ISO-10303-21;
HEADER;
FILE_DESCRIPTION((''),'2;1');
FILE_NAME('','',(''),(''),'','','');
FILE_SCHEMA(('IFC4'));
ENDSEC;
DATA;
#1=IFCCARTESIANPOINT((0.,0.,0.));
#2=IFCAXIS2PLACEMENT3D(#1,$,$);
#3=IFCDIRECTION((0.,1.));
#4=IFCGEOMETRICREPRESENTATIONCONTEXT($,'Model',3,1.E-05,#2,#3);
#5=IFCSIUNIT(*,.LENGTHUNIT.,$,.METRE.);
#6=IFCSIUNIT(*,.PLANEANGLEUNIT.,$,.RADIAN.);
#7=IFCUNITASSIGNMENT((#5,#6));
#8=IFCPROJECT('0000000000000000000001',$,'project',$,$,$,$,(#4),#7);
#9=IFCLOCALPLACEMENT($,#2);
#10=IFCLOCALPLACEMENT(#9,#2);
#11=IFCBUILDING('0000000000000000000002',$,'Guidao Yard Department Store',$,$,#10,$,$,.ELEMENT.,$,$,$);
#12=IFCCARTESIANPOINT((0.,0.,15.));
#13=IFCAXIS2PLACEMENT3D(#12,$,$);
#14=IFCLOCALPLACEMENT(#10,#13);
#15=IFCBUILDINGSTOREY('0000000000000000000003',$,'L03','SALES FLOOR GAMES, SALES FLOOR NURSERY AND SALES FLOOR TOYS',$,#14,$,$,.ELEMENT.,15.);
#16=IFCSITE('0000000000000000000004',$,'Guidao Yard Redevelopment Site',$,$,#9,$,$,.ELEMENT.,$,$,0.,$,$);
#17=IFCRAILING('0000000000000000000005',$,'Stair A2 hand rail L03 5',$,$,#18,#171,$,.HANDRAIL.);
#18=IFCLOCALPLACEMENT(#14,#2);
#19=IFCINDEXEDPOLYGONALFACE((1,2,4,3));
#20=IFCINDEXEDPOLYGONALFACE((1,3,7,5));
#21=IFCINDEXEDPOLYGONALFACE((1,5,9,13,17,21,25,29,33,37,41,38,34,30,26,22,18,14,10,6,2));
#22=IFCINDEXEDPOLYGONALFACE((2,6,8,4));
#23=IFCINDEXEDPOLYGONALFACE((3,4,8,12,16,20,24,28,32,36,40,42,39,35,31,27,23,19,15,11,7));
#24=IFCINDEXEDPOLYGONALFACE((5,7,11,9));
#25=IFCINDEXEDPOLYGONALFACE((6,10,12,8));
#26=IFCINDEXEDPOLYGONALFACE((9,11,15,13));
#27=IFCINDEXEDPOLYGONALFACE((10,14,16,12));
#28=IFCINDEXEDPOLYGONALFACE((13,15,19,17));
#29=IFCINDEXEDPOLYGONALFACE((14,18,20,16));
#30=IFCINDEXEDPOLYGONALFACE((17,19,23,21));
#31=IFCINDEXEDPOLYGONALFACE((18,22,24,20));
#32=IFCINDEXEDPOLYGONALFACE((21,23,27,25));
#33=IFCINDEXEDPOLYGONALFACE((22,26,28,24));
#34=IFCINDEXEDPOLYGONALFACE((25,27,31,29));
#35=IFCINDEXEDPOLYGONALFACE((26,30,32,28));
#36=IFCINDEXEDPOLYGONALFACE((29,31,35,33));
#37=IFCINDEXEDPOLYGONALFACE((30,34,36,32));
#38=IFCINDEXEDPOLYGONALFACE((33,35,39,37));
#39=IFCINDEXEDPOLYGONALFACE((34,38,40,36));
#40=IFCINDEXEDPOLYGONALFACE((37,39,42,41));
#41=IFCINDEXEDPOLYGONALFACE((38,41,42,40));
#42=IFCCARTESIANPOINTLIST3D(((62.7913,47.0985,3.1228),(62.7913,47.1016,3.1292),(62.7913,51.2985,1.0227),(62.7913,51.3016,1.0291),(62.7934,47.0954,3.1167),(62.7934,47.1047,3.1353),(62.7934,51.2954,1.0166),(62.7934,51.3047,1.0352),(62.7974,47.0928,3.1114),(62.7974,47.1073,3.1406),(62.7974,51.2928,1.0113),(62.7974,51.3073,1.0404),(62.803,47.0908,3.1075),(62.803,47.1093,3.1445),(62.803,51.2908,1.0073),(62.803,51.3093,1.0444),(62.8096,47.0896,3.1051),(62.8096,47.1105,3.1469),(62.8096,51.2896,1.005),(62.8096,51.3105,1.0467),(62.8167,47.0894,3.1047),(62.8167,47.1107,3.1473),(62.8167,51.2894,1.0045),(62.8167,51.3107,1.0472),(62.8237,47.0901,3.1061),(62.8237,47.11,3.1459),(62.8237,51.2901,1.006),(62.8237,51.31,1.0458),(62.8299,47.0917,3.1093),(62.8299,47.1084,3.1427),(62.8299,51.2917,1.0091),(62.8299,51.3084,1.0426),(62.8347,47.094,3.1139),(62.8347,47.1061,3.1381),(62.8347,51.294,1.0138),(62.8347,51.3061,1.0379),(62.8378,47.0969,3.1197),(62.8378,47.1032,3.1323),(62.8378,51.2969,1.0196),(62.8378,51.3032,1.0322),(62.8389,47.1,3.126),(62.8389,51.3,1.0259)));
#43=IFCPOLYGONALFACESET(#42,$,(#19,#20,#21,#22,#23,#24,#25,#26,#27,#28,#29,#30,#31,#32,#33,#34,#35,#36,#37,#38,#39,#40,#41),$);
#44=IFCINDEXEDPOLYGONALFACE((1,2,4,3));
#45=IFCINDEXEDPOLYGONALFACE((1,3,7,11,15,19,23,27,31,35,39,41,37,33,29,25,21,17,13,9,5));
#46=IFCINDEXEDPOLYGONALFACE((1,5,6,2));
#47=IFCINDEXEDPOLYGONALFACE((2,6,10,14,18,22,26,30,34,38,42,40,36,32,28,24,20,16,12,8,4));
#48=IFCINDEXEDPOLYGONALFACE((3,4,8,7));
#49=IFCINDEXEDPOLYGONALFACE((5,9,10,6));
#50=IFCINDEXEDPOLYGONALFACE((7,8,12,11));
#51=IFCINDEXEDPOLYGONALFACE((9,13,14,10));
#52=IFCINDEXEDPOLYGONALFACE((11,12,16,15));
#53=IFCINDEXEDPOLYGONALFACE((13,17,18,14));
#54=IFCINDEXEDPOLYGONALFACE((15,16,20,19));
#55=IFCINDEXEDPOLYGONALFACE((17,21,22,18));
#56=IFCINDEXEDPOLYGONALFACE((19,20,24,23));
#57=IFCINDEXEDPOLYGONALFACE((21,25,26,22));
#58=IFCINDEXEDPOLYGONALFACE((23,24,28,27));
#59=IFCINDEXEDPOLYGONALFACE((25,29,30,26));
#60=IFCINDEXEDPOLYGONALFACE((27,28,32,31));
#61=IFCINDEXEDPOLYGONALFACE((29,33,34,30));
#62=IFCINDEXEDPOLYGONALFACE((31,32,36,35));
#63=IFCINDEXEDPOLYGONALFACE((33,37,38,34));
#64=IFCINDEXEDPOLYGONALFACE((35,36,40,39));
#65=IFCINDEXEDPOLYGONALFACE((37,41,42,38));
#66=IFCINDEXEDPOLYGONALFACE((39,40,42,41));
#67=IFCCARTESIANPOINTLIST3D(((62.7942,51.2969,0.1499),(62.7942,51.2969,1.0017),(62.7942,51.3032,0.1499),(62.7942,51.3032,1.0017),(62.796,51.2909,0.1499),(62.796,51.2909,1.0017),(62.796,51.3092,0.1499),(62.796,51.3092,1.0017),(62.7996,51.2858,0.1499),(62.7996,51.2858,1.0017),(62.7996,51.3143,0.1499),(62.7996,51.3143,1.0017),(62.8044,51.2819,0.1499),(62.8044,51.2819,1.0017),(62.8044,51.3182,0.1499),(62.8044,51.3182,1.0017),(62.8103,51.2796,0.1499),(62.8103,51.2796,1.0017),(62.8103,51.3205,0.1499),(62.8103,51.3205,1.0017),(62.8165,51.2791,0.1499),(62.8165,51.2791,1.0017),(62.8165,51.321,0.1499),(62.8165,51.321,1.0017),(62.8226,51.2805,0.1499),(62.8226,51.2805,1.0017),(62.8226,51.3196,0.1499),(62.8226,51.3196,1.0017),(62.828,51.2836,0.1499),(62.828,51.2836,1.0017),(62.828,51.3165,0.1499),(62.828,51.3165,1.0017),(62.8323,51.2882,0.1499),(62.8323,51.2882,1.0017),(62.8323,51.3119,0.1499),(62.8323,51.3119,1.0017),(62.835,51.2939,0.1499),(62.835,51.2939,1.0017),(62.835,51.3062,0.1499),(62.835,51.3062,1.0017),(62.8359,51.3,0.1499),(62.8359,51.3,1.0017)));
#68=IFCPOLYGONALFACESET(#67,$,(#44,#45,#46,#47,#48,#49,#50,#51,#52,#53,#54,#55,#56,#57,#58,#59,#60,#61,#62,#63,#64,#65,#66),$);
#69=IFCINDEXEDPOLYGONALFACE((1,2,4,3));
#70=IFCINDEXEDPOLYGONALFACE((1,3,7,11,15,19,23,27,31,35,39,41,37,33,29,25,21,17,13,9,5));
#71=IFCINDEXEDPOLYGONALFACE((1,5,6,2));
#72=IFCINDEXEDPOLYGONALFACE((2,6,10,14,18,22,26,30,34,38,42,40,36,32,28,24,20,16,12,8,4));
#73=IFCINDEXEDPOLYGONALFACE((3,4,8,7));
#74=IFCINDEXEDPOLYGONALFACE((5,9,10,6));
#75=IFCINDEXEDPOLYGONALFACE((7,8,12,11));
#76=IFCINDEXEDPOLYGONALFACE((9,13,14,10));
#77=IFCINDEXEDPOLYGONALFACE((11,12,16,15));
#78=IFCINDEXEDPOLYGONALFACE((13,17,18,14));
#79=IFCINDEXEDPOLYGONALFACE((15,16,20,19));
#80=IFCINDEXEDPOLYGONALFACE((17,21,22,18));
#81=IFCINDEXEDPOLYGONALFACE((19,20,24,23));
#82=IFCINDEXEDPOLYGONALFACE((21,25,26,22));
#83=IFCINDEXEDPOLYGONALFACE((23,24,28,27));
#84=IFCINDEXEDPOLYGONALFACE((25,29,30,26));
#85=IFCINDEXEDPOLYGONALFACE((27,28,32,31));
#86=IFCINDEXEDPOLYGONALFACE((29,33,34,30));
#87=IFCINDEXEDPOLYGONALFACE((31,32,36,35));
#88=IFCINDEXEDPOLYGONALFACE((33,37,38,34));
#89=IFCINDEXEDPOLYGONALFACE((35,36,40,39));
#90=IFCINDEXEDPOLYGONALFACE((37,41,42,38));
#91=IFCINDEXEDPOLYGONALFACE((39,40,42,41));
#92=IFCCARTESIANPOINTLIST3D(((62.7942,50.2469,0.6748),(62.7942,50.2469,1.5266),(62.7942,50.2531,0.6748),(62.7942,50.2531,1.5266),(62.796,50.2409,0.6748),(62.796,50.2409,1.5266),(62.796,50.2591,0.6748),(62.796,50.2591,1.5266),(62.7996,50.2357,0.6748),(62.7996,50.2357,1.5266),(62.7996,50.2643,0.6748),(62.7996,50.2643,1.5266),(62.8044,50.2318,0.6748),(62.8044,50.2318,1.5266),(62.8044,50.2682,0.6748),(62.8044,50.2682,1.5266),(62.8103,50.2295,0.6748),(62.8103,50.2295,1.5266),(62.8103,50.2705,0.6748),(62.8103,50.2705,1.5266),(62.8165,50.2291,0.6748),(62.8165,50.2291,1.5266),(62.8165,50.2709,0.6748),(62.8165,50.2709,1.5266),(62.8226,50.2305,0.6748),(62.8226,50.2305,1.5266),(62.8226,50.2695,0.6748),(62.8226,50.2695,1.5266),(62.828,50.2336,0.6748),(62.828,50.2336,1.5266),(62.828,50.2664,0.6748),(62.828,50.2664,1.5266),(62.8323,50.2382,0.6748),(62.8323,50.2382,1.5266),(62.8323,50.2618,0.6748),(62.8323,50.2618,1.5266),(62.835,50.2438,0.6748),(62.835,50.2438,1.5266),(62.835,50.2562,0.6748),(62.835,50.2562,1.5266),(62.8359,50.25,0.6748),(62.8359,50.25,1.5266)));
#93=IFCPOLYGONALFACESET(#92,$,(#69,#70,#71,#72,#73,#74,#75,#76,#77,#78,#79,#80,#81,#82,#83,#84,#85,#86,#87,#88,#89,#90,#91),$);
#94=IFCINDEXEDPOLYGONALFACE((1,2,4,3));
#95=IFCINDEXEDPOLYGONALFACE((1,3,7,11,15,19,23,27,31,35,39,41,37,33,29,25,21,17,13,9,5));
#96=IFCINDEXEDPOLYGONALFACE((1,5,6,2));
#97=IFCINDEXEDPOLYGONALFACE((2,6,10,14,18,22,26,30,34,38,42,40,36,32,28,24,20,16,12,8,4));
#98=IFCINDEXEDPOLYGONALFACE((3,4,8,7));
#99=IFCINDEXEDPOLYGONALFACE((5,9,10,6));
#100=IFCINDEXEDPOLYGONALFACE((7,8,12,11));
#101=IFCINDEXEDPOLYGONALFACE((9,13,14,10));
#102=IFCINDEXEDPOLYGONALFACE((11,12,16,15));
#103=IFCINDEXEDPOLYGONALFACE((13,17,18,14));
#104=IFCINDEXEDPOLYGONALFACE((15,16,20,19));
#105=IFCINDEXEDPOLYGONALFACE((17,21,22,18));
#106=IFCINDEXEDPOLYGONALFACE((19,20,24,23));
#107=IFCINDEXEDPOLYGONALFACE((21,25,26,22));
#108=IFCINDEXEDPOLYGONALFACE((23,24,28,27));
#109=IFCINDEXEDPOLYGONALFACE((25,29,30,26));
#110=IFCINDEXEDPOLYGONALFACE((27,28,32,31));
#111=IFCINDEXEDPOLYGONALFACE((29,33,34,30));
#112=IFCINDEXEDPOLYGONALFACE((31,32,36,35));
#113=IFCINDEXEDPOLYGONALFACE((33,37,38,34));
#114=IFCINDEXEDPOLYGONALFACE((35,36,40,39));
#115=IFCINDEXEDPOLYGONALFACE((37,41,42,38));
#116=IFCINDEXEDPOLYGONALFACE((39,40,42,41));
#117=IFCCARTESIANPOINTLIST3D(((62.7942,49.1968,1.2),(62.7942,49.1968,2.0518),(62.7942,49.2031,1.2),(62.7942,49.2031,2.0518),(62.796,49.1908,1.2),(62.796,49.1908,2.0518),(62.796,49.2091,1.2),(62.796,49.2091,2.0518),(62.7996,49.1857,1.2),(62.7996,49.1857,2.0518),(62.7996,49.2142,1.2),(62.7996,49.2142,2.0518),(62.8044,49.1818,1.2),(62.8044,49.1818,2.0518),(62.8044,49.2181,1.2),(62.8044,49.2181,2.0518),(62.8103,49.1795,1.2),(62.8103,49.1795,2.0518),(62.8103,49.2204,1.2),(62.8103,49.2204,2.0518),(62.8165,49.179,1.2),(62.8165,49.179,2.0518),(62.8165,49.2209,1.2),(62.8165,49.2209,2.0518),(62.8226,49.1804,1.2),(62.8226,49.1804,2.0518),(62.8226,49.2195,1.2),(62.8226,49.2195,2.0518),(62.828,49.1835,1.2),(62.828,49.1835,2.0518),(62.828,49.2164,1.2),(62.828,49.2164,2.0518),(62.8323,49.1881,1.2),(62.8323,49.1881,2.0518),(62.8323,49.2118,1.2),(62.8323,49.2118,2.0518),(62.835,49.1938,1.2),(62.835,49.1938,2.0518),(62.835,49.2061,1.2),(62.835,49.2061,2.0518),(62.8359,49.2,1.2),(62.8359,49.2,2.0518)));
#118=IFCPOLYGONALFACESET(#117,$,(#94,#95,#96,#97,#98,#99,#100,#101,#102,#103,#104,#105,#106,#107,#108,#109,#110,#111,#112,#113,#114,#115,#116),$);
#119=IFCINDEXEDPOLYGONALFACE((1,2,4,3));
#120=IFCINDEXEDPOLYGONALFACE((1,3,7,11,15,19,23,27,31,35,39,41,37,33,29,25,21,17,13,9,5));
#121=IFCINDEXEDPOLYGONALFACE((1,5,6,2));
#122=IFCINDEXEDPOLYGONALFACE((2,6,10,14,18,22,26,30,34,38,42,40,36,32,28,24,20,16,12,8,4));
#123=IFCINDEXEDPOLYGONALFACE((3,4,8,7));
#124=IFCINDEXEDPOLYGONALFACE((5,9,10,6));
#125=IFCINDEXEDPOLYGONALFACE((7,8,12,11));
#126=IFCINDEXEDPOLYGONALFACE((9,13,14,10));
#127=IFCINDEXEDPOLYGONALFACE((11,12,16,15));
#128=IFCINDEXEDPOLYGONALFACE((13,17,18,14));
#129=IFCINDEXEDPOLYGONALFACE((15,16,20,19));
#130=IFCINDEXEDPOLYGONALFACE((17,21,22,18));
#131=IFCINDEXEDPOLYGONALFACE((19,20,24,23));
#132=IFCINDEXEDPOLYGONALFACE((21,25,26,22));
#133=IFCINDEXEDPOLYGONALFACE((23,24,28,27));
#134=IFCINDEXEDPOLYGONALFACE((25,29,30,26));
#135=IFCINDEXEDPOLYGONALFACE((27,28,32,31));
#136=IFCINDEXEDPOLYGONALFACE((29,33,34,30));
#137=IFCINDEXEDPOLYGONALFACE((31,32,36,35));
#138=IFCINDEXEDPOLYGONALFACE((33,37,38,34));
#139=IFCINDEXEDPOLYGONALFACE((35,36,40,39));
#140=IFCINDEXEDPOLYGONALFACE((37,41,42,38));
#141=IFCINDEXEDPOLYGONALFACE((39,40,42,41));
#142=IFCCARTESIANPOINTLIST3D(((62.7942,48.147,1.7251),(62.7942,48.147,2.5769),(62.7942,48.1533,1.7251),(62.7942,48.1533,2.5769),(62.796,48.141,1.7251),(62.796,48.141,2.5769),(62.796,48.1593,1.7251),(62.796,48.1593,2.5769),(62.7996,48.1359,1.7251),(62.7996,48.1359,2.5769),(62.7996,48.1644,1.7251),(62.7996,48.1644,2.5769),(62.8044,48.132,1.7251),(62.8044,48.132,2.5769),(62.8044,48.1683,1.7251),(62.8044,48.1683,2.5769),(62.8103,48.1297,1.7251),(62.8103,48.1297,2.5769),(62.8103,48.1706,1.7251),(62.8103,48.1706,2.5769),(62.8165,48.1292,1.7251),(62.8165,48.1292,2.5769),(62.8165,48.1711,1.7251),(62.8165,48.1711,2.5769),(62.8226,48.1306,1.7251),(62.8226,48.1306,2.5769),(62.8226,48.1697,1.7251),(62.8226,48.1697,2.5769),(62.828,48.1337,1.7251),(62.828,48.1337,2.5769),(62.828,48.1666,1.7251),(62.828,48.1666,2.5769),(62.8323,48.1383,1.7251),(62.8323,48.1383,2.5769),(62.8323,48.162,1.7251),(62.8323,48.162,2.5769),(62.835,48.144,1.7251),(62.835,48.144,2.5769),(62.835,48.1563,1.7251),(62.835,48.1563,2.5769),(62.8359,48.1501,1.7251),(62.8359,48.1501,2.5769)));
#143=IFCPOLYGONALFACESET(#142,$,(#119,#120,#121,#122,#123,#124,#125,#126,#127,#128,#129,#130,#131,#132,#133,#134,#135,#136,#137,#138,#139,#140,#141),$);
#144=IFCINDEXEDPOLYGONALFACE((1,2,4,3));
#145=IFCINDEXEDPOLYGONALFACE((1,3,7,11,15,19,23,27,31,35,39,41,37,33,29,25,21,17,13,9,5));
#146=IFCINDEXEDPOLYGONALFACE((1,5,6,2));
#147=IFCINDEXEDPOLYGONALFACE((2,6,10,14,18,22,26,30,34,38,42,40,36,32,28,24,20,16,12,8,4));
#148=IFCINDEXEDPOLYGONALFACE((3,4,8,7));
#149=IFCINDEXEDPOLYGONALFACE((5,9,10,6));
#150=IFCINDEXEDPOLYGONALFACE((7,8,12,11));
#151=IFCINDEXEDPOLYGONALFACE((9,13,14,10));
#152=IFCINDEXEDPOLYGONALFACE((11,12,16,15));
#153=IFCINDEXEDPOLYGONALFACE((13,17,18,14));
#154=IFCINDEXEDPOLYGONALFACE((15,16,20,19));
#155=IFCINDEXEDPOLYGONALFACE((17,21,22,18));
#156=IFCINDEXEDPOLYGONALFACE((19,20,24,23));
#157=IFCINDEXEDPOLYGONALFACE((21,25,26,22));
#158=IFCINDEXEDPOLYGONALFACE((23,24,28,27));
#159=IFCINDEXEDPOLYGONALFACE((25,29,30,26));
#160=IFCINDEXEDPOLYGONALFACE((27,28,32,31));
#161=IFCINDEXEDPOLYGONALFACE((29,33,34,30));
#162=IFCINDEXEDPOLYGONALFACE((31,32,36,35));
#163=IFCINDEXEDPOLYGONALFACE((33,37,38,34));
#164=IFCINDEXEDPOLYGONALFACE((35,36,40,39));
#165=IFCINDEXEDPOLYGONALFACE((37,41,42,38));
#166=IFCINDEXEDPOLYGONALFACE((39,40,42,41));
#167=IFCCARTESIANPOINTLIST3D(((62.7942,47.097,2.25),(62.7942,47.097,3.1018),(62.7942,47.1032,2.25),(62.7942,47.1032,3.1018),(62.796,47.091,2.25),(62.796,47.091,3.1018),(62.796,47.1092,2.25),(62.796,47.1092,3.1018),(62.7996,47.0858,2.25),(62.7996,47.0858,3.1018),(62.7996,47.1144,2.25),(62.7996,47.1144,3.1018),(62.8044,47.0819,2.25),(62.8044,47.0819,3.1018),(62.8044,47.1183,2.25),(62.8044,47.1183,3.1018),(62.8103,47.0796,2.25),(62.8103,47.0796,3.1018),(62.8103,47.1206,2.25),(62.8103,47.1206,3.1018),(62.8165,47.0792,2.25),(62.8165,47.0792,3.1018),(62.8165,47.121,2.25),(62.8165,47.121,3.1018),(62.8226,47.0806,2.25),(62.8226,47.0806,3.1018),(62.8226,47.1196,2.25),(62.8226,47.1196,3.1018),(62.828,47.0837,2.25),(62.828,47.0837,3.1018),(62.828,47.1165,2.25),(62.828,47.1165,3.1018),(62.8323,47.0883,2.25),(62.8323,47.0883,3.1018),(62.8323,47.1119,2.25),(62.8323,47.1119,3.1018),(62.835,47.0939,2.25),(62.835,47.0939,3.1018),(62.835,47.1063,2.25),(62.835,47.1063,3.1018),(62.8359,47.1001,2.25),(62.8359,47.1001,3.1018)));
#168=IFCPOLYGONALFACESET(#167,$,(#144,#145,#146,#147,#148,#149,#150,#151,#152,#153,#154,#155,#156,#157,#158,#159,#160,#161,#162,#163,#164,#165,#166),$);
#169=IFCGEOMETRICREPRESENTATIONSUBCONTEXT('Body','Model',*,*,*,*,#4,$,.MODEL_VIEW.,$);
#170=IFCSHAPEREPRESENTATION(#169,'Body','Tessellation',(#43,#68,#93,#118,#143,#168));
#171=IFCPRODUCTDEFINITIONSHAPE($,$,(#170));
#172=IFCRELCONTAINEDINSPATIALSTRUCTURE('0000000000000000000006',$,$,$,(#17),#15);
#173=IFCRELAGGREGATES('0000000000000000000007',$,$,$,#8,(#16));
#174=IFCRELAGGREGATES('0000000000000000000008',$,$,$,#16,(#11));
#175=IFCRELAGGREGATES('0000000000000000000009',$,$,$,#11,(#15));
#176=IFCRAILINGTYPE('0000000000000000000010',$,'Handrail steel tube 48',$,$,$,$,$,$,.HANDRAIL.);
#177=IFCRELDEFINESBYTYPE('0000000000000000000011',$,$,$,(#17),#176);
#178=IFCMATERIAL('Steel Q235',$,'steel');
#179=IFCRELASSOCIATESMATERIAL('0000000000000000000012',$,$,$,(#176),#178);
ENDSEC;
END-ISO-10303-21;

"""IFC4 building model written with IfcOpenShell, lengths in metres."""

from ifc_helpers import new_model, si_unit, direction, frame, origin, origin_2d, place, context, subcontext, project, spatial, circle, extrude, material, type_object, element, save


model = new_model("IFC4")

# Units and contexts
model_context = context("Model", 3, precision=1e-05, world=origin(), true_north=direction((0.0, 1.0)))
body_context = subcontext(model_context, "Body", "Model", "MODEL_VIEW")
ifc_project = project(units=[si_unit("LENGTHUNIT", "METRE"), si_unit("PLANEANGLEUNIT", "RADIAN")], contexts=[model_context])

# Site, building, storey
site_placement = place(None, origin())
site = spatial("IfcSite", under=ifc_project, at=site_placement, Name="Guidao Yard Redevelopment Site", CompositionType="ELEMENT", RefElevation=0.0)
building_placement = place(site_placement, origin())
building = spatial("IfcBuilding", under=site, at=building_placement, Name="Guidao Yard Department Store", CompositionType="ELEMENT")
storey_placement = place(building_placement, frame((0.0, 0.0, 15.0)))
storey = spatial("IfcBuildingStorey", under=building, at=storey_placement, Name="L03", Description="SALES FLOOR GAMES, SALES FLOOR NURSERY AND SALES FLOOR TOYS", CompositionType="ELEMENT", Elevation=15.0)

# Railing
ifc_material_1 = material(Name="Steel Q235", Category="steel")
railing_type_1 = type_object("IfcRailingType", Name="Handrail steel tube 48", PredefinedType="HANDRAIL", material=ifc_material_1)
for number, where, name in (
    (1, (62.8149, 51.3, 0.1499), "Stair A2 hand rail L03 5"),
):
    element("IfcRailing", number, at=place(storey_placement, frame(where)), inside=storey, type_object=railing_type_1, Name=name, PredefinedType="HANDRAIL", context=body_context, shape_type="SweptSolid", body=[
        extrude(circle(Radius=0.0239, at=origin_2d()), frame((0.0, 0.0, 0.876), z_axis=(0.0, -0.894417, 0.447234), x_axis=(1.0, 0.0, 0.0)), (0.0, 0.0, 1.0), 4.6958),
        extrude(circle(Radius=0.021, at=origin_2d()), origin(), (0.0, 0.0, 1.0), 0.8518),
        extrude(circle(Radius=0.021, at=origin_2d()), frame((0.0, -1.05, 0.5249)), (0.0, 0.0, 1.0), 0.8518),
        extrude(circle(Radius=0.021, at=origin_2d()), frame((0.0, -2.1001, 1.05)), (0.0, 0.0, 1.0), 0.8518),
        extrude(circle(Radius=0.021, at=origin_2d()), frame((0.0, -3.1499, 1.5752)), (0.0, 0.0, 1.0), 0.8518),
        extrude(circle(Radius=0.021, at=origin_2d()), frame((0.0, -4.2, 2.1001)), (0.0, 0.0, 1.0), 0.8518),
    ])

save(model, "model.ifc")
